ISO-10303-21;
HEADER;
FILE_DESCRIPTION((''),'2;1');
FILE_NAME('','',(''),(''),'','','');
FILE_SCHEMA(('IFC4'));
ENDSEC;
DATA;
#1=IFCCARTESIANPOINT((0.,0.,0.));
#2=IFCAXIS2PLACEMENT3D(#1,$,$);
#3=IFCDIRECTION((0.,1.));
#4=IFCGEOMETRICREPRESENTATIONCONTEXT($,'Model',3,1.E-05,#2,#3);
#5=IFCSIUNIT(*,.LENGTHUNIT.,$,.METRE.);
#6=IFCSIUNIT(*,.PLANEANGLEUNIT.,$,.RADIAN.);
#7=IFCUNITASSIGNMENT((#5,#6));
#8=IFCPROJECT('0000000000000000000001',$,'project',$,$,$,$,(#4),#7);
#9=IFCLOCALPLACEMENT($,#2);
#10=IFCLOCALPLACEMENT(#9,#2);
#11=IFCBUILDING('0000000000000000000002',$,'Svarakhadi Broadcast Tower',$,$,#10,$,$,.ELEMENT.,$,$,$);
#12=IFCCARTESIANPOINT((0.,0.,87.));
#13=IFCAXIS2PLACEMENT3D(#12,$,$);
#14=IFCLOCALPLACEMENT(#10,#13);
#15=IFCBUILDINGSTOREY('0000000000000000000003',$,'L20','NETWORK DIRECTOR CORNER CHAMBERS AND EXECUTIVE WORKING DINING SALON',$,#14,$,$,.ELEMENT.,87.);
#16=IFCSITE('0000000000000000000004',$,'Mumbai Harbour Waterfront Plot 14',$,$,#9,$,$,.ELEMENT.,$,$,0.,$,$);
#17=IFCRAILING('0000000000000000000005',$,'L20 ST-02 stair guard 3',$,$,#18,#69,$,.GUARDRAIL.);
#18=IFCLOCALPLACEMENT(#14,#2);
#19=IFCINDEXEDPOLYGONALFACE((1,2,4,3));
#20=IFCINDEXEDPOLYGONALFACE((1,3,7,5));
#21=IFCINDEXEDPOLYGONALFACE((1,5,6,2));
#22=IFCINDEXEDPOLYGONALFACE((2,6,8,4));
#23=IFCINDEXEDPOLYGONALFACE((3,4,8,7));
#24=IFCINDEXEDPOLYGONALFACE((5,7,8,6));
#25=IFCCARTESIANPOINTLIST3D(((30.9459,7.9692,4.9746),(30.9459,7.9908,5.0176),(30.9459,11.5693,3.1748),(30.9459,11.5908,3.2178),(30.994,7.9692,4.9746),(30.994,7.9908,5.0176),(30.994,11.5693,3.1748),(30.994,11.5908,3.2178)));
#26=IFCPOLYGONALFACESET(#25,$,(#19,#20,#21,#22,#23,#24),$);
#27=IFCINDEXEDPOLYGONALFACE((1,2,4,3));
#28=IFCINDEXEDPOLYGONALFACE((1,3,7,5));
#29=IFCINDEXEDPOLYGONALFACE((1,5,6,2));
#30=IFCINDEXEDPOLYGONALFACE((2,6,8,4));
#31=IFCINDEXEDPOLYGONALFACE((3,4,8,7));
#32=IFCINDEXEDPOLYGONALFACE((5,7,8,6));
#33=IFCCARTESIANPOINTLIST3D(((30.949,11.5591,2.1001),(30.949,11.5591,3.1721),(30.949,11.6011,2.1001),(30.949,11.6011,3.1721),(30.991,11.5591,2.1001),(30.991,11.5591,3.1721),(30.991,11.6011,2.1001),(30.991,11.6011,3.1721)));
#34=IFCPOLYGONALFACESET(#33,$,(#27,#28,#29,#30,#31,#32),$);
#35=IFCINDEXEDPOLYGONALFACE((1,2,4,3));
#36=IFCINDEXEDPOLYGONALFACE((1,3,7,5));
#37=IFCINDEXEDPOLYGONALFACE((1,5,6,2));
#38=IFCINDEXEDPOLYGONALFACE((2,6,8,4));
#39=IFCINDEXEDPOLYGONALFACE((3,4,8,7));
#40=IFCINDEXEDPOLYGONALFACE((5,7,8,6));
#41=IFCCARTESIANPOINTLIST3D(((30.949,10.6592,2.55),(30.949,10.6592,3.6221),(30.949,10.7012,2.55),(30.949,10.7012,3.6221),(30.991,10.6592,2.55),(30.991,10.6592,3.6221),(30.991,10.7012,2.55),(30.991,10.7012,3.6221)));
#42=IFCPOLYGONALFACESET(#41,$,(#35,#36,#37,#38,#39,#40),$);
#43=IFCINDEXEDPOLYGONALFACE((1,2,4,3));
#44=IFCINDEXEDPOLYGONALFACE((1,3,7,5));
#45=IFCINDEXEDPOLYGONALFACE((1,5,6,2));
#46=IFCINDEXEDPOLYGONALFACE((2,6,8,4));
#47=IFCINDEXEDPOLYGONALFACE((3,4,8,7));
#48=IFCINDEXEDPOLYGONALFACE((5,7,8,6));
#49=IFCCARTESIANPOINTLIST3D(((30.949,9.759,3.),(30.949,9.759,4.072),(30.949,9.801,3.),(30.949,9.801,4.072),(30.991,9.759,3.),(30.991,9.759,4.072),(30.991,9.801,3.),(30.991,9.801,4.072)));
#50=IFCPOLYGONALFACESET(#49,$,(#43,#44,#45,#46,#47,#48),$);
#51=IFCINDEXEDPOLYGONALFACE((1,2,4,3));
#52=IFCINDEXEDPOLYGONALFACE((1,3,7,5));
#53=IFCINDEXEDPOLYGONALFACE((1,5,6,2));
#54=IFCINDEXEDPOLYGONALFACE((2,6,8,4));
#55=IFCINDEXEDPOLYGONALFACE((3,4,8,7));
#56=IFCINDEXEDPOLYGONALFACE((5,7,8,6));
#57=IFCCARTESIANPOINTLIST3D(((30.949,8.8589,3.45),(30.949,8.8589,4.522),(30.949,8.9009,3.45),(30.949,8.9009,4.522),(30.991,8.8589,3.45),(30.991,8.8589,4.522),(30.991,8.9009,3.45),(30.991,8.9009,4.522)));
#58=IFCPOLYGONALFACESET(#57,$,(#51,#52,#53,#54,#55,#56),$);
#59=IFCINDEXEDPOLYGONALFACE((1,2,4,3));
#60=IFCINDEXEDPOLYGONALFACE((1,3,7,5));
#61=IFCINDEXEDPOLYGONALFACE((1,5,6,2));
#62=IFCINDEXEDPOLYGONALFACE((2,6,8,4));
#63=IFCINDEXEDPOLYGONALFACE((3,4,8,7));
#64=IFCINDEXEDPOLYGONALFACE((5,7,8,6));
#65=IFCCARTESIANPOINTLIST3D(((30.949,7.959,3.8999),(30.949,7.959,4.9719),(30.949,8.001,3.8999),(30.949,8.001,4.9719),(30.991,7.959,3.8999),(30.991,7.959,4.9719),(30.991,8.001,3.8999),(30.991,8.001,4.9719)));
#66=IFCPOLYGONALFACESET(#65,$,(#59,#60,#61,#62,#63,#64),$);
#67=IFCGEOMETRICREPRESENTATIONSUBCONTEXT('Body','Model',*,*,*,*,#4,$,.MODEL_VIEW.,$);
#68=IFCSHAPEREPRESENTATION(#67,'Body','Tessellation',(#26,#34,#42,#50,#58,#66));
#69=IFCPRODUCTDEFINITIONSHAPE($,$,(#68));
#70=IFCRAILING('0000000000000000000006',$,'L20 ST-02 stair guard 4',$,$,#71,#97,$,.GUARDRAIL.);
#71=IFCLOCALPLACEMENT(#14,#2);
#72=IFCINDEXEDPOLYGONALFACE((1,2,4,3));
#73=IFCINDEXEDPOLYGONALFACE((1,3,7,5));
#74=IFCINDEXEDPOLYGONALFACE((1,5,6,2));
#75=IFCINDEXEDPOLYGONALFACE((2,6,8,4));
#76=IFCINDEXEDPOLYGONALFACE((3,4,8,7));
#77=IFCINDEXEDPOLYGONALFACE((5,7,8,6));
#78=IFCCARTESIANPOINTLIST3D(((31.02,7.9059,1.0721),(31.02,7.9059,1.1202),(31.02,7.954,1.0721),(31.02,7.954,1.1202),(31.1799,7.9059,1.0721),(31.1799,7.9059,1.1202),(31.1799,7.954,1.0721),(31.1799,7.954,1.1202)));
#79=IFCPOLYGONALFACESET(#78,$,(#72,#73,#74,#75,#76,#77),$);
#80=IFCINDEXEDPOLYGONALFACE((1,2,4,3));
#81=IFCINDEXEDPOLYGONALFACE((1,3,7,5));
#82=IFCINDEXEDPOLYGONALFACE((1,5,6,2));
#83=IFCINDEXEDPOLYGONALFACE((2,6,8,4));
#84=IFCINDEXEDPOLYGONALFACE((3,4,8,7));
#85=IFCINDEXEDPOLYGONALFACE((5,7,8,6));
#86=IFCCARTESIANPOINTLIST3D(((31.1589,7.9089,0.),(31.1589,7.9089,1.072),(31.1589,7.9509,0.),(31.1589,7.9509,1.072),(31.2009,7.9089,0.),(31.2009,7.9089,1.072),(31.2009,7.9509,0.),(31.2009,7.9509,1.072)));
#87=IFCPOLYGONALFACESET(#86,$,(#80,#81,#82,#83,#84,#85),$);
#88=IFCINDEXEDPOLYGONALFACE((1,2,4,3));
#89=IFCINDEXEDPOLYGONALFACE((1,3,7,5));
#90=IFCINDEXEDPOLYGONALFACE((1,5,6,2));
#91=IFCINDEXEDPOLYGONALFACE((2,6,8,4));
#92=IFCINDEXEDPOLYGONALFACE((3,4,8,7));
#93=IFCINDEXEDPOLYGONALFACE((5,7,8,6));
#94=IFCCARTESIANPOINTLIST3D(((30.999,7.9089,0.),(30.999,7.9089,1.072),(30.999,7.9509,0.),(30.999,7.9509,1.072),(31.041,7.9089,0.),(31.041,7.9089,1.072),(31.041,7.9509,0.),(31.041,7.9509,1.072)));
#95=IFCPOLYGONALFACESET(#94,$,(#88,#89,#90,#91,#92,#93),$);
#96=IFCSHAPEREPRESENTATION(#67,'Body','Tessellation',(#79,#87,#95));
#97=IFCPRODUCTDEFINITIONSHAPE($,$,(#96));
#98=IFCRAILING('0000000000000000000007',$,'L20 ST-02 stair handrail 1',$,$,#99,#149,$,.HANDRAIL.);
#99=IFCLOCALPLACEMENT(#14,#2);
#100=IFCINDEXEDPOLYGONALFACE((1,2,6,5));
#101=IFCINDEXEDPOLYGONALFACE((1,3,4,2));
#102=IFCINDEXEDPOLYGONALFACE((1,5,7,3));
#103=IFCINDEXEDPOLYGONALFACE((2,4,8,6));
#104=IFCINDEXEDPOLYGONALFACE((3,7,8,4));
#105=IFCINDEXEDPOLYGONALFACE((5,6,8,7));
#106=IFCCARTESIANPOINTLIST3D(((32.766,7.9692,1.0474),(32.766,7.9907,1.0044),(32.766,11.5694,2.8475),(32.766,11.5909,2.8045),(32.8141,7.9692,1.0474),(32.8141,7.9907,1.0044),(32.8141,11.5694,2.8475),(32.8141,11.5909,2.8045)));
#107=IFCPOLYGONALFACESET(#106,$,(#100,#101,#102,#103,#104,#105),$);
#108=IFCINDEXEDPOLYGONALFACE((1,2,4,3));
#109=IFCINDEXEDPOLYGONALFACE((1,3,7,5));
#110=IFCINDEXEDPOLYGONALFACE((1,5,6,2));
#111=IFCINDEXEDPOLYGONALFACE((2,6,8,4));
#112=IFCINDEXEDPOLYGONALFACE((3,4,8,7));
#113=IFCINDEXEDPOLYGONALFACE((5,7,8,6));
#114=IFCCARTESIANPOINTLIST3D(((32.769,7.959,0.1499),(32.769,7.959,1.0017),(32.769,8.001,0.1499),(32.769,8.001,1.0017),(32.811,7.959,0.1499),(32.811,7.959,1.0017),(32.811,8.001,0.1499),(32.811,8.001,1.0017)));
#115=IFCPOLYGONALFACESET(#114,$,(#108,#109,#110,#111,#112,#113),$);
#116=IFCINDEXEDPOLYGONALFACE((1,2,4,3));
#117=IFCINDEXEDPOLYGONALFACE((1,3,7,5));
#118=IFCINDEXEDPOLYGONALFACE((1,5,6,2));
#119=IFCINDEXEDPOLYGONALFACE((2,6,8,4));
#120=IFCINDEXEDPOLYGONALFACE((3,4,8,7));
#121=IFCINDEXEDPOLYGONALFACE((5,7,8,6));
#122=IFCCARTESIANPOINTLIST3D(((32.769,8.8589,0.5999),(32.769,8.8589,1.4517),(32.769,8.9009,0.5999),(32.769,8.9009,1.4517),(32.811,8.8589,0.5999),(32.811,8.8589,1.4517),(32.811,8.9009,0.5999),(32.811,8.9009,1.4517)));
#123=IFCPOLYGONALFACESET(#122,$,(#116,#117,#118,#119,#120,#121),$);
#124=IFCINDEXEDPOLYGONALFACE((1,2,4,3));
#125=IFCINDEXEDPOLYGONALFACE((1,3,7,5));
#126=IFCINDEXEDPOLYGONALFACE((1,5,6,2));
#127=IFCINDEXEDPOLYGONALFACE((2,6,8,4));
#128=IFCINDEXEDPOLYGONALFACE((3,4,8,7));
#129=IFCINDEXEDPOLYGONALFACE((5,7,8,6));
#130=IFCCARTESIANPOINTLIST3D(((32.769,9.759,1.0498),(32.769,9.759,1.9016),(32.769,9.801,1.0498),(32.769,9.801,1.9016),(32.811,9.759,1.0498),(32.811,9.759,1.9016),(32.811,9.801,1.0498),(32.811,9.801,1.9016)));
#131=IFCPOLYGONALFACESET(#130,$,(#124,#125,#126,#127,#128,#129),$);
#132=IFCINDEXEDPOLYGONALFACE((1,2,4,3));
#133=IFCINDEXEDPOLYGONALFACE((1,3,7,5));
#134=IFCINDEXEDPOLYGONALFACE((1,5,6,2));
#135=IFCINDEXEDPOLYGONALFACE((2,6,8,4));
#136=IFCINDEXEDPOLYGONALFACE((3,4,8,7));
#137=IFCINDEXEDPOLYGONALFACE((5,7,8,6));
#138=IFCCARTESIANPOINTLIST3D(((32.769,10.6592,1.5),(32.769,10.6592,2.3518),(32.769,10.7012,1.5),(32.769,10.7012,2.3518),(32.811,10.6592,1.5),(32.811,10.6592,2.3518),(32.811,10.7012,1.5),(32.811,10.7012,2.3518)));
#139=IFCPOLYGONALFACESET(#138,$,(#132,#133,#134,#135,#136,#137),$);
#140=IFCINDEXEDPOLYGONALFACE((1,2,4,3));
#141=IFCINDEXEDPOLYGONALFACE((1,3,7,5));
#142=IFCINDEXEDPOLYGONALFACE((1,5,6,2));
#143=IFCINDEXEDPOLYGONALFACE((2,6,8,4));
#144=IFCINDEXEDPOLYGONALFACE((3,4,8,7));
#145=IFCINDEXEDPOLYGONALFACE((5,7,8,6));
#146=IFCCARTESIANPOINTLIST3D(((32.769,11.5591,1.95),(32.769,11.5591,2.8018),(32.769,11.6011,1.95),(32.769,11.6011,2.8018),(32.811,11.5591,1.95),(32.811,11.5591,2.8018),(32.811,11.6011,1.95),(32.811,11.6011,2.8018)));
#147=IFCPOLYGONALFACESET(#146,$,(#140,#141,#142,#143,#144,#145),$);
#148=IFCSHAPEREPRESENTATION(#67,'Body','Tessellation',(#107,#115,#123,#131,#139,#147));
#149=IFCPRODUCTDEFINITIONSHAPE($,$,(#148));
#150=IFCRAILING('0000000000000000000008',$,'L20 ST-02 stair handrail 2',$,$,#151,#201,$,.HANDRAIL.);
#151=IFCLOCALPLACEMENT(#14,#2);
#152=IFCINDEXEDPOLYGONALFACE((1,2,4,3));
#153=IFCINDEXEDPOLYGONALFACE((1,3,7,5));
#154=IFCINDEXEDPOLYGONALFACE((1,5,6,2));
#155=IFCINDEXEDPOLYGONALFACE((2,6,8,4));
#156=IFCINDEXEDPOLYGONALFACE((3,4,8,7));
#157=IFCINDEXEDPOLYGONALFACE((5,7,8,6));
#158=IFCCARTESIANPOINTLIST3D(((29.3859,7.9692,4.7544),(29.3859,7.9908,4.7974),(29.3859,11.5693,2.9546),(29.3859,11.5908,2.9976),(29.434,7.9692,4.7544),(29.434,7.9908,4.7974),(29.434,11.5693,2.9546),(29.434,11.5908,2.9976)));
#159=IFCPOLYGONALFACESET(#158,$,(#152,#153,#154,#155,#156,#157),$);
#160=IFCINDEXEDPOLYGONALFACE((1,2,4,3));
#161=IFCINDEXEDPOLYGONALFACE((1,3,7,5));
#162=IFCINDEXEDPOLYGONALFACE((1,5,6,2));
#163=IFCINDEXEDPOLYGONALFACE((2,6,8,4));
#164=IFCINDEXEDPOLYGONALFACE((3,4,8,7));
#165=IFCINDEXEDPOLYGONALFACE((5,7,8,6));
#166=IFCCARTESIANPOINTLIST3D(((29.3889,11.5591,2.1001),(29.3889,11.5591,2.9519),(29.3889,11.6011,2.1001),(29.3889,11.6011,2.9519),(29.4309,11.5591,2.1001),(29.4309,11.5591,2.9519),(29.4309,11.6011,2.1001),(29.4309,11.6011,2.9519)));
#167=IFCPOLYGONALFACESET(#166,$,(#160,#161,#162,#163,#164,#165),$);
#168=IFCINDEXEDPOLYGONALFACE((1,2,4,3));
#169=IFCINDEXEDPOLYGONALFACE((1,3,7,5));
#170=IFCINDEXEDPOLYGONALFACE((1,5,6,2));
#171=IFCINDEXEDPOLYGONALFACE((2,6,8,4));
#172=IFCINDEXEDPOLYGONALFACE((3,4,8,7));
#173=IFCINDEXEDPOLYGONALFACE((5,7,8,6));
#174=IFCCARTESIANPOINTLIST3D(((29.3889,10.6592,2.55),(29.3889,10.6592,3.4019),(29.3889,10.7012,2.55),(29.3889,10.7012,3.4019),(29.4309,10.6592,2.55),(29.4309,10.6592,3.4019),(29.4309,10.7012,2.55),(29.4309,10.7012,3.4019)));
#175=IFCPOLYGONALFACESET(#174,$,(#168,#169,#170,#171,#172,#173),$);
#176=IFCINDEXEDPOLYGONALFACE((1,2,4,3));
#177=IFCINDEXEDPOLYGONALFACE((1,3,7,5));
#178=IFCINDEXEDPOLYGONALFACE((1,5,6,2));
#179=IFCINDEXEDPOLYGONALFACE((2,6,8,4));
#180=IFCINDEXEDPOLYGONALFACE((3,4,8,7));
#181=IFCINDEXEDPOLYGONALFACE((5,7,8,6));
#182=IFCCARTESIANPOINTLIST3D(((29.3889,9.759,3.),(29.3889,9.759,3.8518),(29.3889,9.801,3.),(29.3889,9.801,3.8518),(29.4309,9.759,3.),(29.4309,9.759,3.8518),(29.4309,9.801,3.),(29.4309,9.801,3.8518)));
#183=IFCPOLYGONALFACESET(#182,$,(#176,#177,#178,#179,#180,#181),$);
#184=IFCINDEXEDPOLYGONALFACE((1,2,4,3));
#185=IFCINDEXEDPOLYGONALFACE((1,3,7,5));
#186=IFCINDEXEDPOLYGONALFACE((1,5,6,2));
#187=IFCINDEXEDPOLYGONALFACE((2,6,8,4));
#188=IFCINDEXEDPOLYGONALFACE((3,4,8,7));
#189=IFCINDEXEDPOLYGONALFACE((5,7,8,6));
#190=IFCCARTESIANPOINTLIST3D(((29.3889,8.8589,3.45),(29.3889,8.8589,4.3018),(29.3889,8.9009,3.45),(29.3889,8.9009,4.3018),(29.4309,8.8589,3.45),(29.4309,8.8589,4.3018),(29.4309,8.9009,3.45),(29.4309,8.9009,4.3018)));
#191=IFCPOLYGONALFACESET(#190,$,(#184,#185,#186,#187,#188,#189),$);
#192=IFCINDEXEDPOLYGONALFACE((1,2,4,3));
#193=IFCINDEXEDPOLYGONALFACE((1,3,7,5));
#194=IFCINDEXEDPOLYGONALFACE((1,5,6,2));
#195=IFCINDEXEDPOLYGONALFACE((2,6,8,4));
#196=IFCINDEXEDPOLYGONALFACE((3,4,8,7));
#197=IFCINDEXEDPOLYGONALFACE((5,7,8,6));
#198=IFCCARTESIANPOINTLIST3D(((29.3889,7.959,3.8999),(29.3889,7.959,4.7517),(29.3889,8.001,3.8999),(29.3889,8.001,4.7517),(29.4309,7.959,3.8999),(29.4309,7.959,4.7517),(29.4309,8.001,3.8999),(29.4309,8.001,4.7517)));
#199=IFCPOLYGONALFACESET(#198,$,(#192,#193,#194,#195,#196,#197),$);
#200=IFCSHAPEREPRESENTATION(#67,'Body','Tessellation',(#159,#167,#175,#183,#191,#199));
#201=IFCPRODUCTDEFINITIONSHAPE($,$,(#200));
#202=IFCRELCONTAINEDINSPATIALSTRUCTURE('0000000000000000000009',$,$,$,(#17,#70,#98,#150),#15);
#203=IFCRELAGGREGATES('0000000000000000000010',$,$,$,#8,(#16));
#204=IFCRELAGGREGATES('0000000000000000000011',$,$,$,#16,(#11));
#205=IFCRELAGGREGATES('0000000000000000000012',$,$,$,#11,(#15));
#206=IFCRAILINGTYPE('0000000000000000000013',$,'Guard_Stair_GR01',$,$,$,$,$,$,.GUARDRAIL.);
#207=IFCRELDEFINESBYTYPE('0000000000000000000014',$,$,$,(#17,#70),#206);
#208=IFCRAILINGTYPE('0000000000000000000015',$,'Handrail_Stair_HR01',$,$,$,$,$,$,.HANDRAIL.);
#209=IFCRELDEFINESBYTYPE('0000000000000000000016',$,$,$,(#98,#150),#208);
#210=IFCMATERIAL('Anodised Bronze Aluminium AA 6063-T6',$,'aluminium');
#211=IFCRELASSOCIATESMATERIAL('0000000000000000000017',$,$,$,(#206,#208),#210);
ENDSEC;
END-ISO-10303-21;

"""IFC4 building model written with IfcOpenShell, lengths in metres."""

from ifc_helpers import new_model, si_unit, direction, frame, origin, origin_2d, place, context, subcontext, project, spatial, rectangle, extrude, material, type_object, element, save


model = new_model("IFC4")

# Units and contexts
model_context = context("Model", 3, precision=1e-05, world=origin(), true_north=direction((0.0, 1.0)))
body_context = subcontext(model_context, "Body", "Model", "MODEL_VIEW")
ifc_project = project(units=[si_unit("LENGTHUNIT", "METRE"), si_unit("PLANEANGLEUNIT", "RADIAN")], contexts=[model_context])

# Site, building, storey
site_placement = place(None, origin())
site = spatial("IfcSite", under=ifc_project, at=site_placement, Name="Mumbai Harbour Waterfront Plot 14", CompositionType="ELEMENT", RefElevation=0.0)
building_placement = place(site_placement, origin())
building = spatial("IfcBuilding", under=site, at=building_placement, Name="Svarakhadi Broadcast Tower", CompositionType="ELEMENT")
storey_placement = place(building_placement, frame((0.0, 0.0, 87.0)))
storey = spatial("IfcBuildingStorey", under=building, at=storey_placement, Name="L20", Description="NETWORK DIRECTOR CORNER CHAMBERS AND EXECUTIVE WORKING DINING SALON", CompositionType="ELEMENT", Elevation=87.0)

# Shared definitions
ifc_material_1 = material(Name="Anodised Bronze Aluminium AA 6063-T6", Category="aluminium")

# Railings
railing_type_1 = type_object("IfcRailingType", Name="Guard_Stair_GR01", PredefinedType="GUARDRAIL", material=ifc_material_1)
railing_1_placement = place(storey_placement, frame((30.97, 11.5801, 2.1001)))
element("IfcRailing", 1, at=railing_1_placement, inside=storey, type_object=railing_type_1, Name="L20 ST-02 stair guard 3", PredefinedType="GUARDRAIL", context=body_context, shape_type="SweptSolid", body=[
    extrude(rectangle(XDim=0.0481, YDim=0.0481, at=origin_2d()), frame((0.0, 0.0, 1.0962), z_axis=(0.0, -0.894451, 0.447165), x_axis=(1.0, 0.0, 0.0)), (0.0, 0.0, 1.0), 4.0249),
    extrude(rectangle(XDim=0.042, YDim=0.042, at=origin_2d()), origin(), (0.0, 0.0, 1.0), 1.072),
    extrude(rectangle(XDim=0.042, YDim=0.042, at=origin_2d()), frame((0.0, -0.8999, 0.45)), (0.0, 0.0, 1.0), 1.072),
    extrude(rectangle(XDim=0.042, YDim=0.042, at=origin_2d()), frame((0.0, -1.8, 0.8999)), (0.0, 0.0, 1.0), 1.072),
    extrude(rectangle(XDim=0.042, YDim=0.042, at=origin_2d()), frame((0.0, -2.7002, 1.3499)), (0.0, 0.0, 1.0), 1.072),
    extrude(rectangle(XDim=0.042, YDim=0.042, at=origin_2d()), frame((0.0, -3.6001, 1.7998)), (0.0, 0.0, 1.0), 1.072),
])
railing_2_placement = place(storey_placement, frame((31.1799, 7.9299, 0.0)))
element("IfcRailing", 2, at=railing_2_placement, inside=storey, type_object=railing_type_1, Name="L20 ST-02 stair guard 4", PredefinedType="GUARDRAIL", context=body_context, shape_type="SweptSolid", body=[
    extrude(rectangle(XDim=0.0481, YDim=0.0481, at=origin_2d()), frame((0.0, 0.0, 1.0962), z_axis=(-1.0, 0.0, 0.0), x_axis=(0.0, -1.0, 0.0)), (0.0, 0.0, 1.0), 0.1599),
    extrude(rectangle(XDim=0.042, YDim=0.042, at=origin_2d()), origin(), (0.0, 0.0, 1.0), 1.072),
    extrude(rectangle(XDim=0.042, YDim=0.042, at=origin_2d()), frame((-0.1599, 0.0, 0.0)), (0.0, 0.0, 1.0), 1.072),
])
railing_type_2 = type_object("IfcRailingType", Name="Handrail_Stair_HR01", PredefinedType="HANDRAIL", material=ifc_material_1)
railing_3_placement = place(storey_placement, frame((32.79, 7.98, 0.1499)))
element("IfcRailing", 3, at=railing_3_placement, inside=storey, type_object=railing_type_2, Name="L20 ST-02 stair handrail 1", PredefinedType="HANDRAIL", context=body_context, shape_type="SweptSolid", body=[
    extrude(rectangle(XDim=0.0481, YDim=0.0481, at=origin_2d()), frame((0.0, 0.0, 0.876), z_axis=(0.0, 0.894427, 0.447214), x_axis=(-1.0, 0.0, 0.0)), (0.0, 0.0, 1.0), 4.0251),
    extrude(rectangle(XDim=0.042, YDim=0.042, at=origin_2d()), origin(), (0.0, 0.0, 1.0), 0.8518),
    extrude(rectangle(XDim=0.042, YDim=0.042, at=origin_2d()), frame((0.0, 0.8999, 0.45)), (0.0, 0.0, 1.0), 0.8518),
    extrude(rectangle(XDim=0.042, YDim=0.042, at=origin_2d()), frame((0.0, 1.8, 0.8999)), (0.0, 0.0, 1.0), 0.8518),
    extrude(rectangle(XDim=0.042, YDim=0.042, at=origin_2d()), frame((0.0, 2.7002, 1.3501)), (0.0, 0.0, 1.0), 0.8518),
    extrude(rectangle(XDim=0.042, YDim=0.042, at=origin_2d()), frame((0.0, 3.6001, 1.8)), (0.0, 0.0, 1.0), 0.8518),
])
railing_4_placement = place(storey_placement, frame((29.4099, 11.5801, 2.1001)))
element("IfcRailing", 4, at=railing_4_placement, inside=storey, type_object=railing_type_2, Name="L20 ST-02 stair handrail 2", PredefinedType="HANDRAIL", context=body_context, shape_type="SweptSolid", body=[
    extrude(rectangle(XDim=0.0481, YDim=0.0481, at=origin_2d()), frame((0.0, 0.0, 0.876), z_axis=(0.0, -0.894451, 0.447165), x_axis=(1.0, 0.0, 0.0)), (0.0, 0.0, 1.0), 4.0249),
    extrude(rectangle(XDim=0.042, YDim=0.042, at=origin_2d()), origin(), (0.0, 0.0, 1.0), 0.8518),
    extrude(rectangle(XDim=0.042, YDim=0.042, at=origin_2d()), frame((0.0, -0.8999, 0.45)), (0.0, 0.0, 1.0), 0.8518),
    extrude(rectangle(XDim=0.042, YDim=0.042, at=origin_2d()), frame((0.0, -1.8, 0.8999)), (0.0, 0.0, 1.0), 0.8518),
    extrude(rectangle(XDim=0.042, YDim=0.042, at=origin_2d()), frame((0.0, -2.7002, 1.3499)), (0.0, 0.0, 1.0), 0.8518),
    extrude(rectangle(XDim=0.042, YDim=0.042, at=origin_2d()), frame((0.0, -3.6001, 1.7998)), (0.0, 0.0, 1.0), 0.8518),
])

save(model, "model.ifc")
